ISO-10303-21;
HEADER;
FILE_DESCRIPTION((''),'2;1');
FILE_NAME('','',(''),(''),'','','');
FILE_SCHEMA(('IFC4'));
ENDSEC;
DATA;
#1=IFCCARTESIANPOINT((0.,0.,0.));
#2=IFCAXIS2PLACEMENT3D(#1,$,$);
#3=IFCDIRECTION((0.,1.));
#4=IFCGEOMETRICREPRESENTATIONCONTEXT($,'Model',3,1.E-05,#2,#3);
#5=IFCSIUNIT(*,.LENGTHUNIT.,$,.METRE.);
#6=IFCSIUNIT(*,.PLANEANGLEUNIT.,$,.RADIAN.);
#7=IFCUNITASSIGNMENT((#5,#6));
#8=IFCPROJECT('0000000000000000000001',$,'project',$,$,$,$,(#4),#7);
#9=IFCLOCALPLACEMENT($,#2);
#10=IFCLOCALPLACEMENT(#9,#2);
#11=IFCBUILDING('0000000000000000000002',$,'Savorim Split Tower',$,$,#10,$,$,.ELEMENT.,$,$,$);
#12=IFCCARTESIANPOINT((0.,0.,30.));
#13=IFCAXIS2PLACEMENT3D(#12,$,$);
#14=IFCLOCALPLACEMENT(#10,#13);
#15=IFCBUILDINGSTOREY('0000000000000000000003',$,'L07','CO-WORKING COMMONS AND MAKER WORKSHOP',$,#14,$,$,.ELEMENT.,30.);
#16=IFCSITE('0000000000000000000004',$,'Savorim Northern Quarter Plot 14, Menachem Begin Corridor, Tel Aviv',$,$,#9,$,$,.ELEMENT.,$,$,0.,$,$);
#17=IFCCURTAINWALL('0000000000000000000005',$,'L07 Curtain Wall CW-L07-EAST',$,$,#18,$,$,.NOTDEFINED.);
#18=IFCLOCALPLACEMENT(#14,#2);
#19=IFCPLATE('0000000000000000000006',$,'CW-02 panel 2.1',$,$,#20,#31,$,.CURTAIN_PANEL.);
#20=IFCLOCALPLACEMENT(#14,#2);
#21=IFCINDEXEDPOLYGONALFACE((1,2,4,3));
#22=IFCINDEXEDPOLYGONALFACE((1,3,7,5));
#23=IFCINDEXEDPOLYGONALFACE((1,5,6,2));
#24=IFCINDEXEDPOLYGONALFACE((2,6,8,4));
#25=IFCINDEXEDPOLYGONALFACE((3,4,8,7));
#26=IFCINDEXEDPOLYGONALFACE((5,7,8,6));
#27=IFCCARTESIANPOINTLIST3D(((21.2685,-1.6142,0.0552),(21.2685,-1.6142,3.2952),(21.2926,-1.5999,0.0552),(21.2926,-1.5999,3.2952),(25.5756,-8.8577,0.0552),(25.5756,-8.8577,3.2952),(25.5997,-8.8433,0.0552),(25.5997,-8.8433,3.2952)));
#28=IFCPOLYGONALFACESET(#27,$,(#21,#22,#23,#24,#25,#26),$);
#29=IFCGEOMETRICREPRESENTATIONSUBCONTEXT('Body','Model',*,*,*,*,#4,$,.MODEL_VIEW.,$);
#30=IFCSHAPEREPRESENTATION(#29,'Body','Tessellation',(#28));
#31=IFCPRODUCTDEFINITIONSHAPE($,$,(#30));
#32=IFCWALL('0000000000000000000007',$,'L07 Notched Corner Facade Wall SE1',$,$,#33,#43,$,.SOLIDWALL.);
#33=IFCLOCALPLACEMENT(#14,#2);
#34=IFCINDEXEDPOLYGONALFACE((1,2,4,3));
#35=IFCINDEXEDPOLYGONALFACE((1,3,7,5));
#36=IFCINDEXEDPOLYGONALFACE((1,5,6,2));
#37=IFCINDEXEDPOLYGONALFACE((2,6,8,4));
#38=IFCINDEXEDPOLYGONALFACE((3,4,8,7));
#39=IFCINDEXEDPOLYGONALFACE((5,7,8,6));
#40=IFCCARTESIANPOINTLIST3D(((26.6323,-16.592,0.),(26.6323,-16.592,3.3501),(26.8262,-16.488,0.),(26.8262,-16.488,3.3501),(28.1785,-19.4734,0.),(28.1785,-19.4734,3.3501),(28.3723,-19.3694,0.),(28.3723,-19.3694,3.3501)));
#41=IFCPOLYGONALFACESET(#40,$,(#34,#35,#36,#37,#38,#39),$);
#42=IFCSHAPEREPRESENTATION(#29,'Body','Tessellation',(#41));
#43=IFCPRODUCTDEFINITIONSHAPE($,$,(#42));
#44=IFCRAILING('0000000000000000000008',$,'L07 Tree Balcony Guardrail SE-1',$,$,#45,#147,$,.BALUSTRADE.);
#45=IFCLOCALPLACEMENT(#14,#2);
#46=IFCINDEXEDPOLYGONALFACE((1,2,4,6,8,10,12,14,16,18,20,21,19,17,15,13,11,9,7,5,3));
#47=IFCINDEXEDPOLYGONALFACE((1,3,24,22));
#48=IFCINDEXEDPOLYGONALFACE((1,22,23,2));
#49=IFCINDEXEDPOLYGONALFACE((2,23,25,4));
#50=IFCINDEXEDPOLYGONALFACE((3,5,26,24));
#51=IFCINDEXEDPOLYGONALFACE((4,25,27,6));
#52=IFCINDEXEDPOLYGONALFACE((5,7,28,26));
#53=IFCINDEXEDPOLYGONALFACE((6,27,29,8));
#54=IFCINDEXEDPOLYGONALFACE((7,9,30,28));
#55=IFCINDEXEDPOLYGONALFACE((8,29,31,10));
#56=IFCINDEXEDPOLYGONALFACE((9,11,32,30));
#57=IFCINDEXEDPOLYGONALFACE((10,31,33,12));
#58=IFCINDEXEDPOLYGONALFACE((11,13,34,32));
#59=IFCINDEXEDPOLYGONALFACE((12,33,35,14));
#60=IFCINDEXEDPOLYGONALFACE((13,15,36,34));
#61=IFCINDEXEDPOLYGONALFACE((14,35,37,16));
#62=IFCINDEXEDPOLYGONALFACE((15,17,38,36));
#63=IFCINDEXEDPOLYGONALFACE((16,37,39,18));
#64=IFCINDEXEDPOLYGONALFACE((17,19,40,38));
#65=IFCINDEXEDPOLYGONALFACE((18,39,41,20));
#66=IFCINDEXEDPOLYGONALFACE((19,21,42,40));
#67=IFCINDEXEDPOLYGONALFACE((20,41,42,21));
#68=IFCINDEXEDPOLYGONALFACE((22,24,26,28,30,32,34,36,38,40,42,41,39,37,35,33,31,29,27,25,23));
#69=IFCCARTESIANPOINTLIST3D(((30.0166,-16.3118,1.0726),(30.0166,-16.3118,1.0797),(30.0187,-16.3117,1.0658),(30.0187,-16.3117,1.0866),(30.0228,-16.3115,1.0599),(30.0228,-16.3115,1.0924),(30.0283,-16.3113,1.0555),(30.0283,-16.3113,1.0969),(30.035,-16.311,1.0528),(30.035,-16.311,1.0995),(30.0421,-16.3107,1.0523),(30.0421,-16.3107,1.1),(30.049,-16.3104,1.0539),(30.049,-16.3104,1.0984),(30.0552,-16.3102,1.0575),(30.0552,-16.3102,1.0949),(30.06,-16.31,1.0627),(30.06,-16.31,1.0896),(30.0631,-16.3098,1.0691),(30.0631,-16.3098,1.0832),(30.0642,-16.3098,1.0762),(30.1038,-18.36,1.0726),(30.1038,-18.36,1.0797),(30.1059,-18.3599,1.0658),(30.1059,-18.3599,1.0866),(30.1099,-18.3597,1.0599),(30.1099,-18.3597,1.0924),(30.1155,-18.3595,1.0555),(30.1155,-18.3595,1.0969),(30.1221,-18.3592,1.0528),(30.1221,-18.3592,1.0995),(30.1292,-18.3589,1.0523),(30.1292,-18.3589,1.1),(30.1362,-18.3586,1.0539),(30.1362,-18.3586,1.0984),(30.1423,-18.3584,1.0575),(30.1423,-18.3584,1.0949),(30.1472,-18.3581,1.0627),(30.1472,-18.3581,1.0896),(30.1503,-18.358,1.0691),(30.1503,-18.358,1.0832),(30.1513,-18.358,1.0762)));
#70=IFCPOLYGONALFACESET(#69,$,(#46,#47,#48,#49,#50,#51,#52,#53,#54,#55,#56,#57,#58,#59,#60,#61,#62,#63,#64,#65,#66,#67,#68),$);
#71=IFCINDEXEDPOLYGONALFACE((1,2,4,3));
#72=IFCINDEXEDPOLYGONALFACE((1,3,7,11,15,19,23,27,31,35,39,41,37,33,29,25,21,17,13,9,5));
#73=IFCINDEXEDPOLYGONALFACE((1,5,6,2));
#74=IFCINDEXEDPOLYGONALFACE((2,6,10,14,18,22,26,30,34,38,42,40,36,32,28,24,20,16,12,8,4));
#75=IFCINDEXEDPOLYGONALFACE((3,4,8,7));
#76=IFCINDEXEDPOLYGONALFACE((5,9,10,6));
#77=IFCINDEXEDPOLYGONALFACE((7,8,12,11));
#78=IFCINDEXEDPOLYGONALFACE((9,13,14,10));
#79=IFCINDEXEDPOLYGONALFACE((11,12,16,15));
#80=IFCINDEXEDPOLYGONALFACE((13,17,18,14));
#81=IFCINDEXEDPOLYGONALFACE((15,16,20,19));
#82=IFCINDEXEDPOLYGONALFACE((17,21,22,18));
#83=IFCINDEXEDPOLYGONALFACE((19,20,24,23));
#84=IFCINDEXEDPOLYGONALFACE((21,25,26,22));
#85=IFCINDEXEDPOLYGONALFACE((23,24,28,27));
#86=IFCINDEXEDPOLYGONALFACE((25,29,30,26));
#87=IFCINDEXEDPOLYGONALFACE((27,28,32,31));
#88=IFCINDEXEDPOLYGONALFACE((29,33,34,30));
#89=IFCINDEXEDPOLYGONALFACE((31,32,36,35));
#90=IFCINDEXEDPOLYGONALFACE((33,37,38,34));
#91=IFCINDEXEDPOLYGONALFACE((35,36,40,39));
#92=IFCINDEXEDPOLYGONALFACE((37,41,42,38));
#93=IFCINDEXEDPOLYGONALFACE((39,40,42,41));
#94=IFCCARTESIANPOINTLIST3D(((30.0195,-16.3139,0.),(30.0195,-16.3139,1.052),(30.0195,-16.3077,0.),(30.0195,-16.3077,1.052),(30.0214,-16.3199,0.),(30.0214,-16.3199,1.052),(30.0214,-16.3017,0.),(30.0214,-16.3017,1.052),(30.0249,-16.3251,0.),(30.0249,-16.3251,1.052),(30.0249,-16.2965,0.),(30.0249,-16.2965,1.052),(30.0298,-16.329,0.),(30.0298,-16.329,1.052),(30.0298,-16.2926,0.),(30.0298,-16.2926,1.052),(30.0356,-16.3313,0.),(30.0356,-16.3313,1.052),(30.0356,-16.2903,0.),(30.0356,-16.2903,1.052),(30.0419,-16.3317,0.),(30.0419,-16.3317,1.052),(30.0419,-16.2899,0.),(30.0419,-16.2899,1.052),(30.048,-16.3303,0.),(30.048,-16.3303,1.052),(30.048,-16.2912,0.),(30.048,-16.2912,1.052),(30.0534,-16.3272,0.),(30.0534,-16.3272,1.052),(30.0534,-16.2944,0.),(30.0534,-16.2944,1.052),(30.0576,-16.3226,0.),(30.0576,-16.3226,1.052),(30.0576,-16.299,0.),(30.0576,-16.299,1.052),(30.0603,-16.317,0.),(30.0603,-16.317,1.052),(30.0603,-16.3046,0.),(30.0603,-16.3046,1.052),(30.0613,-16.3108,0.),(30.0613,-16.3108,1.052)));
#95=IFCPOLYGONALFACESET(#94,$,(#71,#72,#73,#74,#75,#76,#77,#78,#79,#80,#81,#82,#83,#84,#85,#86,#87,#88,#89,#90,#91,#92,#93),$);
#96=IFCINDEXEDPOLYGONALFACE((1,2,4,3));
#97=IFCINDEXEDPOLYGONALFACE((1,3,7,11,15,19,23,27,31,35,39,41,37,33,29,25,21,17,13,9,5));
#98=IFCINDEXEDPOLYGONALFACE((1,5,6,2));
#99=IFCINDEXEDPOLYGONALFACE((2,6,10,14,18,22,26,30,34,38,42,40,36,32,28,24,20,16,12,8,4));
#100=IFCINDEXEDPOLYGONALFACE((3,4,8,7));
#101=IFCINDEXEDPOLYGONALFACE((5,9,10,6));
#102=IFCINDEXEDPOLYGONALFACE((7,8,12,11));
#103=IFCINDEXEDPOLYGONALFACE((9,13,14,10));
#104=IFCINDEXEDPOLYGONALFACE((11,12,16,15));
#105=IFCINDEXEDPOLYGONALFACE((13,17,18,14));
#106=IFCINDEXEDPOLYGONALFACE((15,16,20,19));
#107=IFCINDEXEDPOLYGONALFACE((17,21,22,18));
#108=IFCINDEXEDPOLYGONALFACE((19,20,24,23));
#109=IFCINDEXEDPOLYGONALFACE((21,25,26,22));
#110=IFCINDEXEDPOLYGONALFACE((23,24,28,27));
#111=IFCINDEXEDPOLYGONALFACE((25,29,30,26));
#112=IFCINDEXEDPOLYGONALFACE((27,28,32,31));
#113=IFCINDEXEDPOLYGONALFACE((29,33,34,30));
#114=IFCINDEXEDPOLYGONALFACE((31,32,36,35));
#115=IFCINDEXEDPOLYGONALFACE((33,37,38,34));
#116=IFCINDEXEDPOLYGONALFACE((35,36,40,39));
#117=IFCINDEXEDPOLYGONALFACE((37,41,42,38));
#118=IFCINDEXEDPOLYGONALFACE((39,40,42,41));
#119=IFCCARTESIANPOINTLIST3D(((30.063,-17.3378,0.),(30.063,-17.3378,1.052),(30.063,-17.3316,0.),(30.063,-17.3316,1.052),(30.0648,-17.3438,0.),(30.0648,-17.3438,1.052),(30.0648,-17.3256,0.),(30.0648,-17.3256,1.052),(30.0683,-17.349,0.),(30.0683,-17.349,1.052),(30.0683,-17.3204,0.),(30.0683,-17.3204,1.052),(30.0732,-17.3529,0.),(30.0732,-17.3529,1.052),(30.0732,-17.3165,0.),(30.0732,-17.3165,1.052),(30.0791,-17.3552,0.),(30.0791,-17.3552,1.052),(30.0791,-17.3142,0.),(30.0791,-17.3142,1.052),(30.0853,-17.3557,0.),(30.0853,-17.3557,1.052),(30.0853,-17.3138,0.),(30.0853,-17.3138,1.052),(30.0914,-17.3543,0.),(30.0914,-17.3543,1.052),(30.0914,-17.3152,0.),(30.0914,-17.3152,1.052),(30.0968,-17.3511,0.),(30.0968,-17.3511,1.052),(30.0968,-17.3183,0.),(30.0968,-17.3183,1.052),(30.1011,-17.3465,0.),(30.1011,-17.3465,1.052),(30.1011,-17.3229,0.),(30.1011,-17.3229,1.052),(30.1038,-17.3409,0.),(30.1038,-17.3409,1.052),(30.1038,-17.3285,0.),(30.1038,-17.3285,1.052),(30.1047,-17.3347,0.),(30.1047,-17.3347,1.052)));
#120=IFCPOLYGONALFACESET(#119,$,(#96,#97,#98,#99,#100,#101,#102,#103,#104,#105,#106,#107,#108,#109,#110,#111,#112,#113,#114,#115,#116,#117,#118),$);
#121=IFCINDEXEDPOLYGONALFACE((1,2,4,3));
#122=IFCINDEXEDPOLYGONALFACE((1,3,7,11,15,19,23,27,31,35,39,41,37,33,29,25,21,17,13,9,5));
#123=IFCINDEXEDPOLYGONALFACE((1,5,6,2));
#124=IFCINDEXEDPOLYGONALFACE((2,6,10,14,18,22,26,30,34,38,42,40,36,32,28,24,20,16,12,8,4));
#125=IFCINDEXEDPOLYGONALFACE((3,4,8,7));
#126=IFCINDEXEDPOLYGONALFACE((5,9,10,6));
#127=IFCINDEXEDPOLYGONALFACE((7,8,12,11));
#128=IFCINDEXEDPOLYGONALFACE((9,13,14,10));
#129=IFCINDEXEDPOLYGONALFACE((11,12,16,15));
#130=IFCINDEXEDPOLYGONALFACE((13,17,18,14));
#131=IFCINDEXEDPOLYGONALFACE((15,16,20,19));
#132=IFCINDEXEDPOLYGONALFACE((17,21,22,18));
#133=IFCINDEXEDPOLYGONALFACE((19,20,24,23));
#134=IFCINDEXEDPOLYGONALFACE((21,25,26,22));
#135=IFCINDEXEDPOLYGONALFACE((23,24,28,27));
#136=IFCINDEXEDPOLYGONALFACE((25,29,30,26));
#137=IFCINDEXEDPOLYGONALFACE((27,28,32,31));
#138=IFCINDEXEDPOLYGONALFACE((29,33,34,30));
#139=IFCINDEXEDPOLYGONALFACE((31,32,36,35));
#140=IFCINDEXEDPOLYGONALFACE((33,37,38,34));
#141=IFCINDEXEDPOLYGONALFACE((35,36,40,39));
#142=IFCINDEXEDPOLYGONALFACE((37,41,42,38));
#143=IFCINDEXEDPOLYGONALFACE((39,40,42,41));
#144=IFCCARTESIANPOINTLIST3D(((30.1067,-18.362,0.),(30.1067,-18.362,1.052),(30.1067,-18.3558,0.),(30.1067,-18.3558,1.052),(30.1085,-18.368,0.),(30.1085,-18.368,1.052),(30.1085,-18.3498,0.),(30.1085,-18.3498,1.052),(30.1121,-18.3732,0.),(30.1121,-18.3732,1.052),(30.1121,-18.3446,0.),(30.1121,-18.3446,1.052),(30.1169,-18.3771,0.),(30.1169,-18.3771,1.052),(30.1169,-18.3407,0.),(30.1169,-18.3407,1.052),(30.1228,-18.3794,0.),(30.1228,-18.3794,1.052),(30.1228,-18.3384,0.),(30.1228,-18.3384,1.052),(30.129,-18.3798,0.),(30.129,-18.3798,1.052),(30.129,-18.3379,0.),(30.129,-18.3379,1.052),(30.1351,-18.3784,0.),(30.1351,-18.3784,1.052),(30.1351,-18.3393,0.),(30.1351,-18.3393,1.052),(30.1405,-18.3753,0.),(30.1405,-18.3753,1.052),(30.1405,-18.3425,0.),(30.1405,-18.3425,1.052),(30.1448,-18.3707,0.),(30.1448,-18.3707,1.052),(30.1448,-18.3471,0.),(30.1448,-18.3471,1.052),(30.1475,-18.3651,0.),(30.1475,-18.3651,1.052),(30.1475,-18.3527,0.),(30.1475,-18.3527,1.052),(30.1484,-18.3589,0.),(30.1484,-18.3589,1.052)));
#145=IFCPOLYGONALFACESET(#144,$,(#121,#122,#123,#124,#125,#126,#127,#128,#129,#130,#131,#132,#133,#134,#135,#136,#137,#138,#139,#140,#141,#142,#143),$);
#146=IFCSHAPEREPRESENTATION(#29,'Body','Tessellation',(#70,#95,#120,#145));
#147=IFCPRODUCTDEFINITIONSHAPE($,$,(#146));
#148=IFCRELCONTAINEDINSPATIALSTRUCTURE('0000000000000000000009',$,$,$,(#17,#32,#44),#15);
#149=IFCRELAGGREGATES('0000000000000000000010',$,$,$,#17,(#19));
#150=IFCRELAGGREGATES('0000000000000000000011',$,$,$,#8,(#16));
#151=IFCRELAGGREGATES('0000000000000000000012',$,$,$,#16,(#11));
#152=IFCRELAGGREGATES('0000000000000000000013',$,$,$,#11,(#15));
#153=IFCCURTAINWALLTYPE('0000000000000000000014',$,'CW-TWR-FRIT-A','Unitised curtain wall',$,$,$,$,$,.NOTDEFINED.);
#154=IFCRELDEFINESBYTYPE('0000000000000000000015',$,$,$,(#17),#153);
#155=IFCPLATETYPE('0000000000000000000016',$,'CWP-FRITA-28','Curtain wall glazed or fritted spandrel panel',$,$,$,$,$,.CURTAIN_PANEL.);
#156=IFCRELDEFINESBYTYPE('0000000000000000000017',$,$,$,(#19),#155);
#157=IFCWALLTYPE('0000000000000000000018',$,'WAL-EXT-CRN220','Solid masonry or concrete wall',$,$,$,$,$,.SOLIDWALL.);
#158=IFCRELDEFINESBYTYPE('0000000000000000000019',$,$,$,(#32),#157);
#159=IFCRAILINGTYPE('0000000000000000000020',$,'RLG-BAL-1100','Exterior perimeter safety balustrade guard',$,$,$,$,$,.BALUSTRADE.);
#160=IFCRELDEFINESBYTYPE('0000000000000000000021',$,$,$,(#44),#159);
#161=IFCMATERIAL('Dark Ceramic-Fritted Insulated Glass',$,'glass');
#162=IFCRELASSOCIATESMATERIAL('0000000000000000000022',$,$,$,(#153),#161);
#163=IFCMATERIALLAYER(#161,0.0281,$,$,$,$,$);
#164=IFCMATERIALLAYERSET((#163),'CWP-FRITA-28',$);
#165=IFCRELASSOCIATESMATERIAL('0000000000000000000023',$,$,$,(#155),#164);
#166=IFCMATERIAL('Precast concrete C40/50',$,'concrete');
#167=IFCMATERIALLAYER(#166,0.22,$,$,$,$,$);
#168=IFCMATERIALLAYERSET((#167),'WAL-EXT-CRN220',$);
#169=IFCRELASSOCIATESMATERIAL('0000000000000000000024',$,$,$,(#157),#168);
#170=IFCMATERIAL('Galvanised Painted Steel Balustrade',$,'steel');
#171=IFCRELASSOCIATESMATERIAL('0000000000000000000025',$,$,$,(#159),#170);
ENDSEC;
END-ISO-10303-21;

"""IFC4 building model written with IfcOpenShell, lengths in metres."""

from ifc_helpers import new_model, si_unit, direction, frame, frame_2d, origin, origin_2d, place, context, subcontext, project, spatial, rectangle, circle, extrude, material, layer, layer_set, type_object, element, aggregate, save


model = new_model("IFC4")

# Units and contexts
model_context = context("Model", 3, precision=1e-05, world=origin(), true_north=direction((0.0, 1.0)))
body_context = subcontext(model_context, "Body", "Model", "MODEL_VIEW")
ifc_project = project(units=[si_unit("LENGTHUNIT", "METRE"), si_unit("PLANEANGLEUNIT", "RADIAN")], contexts=[model_context])

# Site, building, storey
site_placement = place(None, origin())
site = spatial("IfcSite", under=ifc_project, at=site_placement, Name="Savorim Northern Quarter Plot 14, Menachem Begin Corridor, Tel Aviv", CompositionType="ELEMENT", RefElevation=0.0)
building_placement = place(site_placement, origin())
building = spatial("IfcBuilding", under=site, at=building_placement, Name="Savorim Split Tower", CompositionType="ELEMENT")
storey_placement = place(building_placement, frame((0.0, 0.0, 30.0)))
storey = spatial("IfcBuildingStorey", under=building, at=storey_placement, Name="L07", Description="CO-WORKING COMMONS AND MAKER WORKSHOP", CompositionType="ELEMENT", Elevation=30.0)

# Curtain wall
ifc_material_1 = material(Name="Dark Ceramic-Fritted Insulated Glass", Category="glass")
curtain_wall_type = type_object("IfcCurtainWallType", Name="CW-TWR-FRIT-A", Description="Unitised curtain wall", PredefinedType="NOTDEFINED", material=ifc_material_1)
curtain_wall_1_placement = place(storey_placement, origin())
curtain_wall_1 = element("IfcCurtainWall", 1, at=curtain_wall_1_placement, inside=storey, type_object=curtain_wall_type, Name="L07 Curtain Wall CW-L07-EAST", PredefinedType="NOTDEFINED")

# Plate
ifc_layer_1 = layer(ifc_material_1, 0.0281)
ifc_layer_set_1 = layer_set([ifc_layer_1], Name="CWP-FRITA-28")
plate_type = type_object("IfcPlateType", Name="CWP-FRITA-28", Description="Curtain wall glazed or fritted spandrel panel", PredefinedType="CURTAIN_PANEL", material=ifc_layer_set_1)
plate_1_placement = place(storey_placement, frame((23.4341, -5.2288, 0.0552), z_axis=(0.0, 0.0, 1.0), x_axis=(-0.511092, 0.859526, 0.0)))
plate_1 = element("IfcPlate", 2, at=plate_1_placement, type_object=plate_type, Name="CW-02 panel 2.1", PredefinedType="CURTAIN_PANEL", context=body_context, shape_type="SweptSolid", body=[
    extrude(rectangle(XDim=8.4272, YDim=0.0281, at=origin_2d()), origin(), (0.0, 0.0, 1.0), 3.24),
])
aggregate(curtain_wall_1, [plate_1])

# Wall
ifc_material_2 = material(Name="Precast concrete C40/50", Category="concrete")
ifc_layer_2 = layer(ifc_material_2, 0.22)
ifc_layer_set_2 = layer_set([ifc_layer_2], Name="WAL-EXT-CRN220")
wall_type = type_object("IfcWallType", Name="WAL-EXT-CRN220", Description="Solid masonry or concrete wall", PredefinedType="SOLIDWALL", material=ifc_layer_set_2)
wall_1_placement = place(storey_placement, frame((26.7292, -16.54, 0.0), z_axis=(0.0, 0.0, 1.0), x_axis=(0.47283, -0.881153, 0.0)))
element("IfcWall", 3, at=wall_1_placement, inside=storey, type_object=wall_type, Name="L07 Notched Corner Facade Wall SE1", PredefinedType="SOLIDWALL", context=body_context, shape_type="SweptSolid", body=[
    extrude(rectangle(XDim=3.27, YDim=0.22, at=frame_2d((1.635, 0.0))), origin(), (0.0, 0.0, 1.0), 3.3501),
])

# Railing
ifc_material_3 = material(Name="Galvanised Painted Steel Balustrade", Category="steel")
railing_type = type_object("IfcRailingType", Name="RLG-BAL-1100", Description="Exterior perimeter safety balustrade guard", PredefinedType="BALUSTRADE", material=ifc_material_3)
railing_1_placement = place(storey_placement, frame((30.0403, -16.3108, 0.0)))
element("IfcRailing", 4, at=railing_1_placement, inside=storey, type_object=railing_type, Name="L07 Tree Balcony Guardrail SE-1", PredefinedType="BALUSTRADE", context=body_context, shape_type="SweptSolid", body=[
    extrude(circle(Radius=0.0239, at=origin_2d()), frame((0.0, 0.0, 1.0762), z_axis=(0.042517, -0.999096, 0.0), x_axis=(0.999096, 0.042517, 0.0)), (0.0, 0.0, 1.0), 2.05),
    extrude(circle(Radius=0.021, at=origin_2d()), origin(), (0.0, 0.0, 1.0), 1.052),
    extrude(circle(Radius=0.021, at=origin_2d()), frame((0.0435, -1.0239, 0.0)), (0.0, 0.0, 1.0), 1.052),
    extrude(circle(Radius=0.021, at=origin_2d()), frame((0.0872, -2.0481, 0.0)), (0.0, 0.0, 1.0), 1.052),
])

save(model, "model.ifc")
